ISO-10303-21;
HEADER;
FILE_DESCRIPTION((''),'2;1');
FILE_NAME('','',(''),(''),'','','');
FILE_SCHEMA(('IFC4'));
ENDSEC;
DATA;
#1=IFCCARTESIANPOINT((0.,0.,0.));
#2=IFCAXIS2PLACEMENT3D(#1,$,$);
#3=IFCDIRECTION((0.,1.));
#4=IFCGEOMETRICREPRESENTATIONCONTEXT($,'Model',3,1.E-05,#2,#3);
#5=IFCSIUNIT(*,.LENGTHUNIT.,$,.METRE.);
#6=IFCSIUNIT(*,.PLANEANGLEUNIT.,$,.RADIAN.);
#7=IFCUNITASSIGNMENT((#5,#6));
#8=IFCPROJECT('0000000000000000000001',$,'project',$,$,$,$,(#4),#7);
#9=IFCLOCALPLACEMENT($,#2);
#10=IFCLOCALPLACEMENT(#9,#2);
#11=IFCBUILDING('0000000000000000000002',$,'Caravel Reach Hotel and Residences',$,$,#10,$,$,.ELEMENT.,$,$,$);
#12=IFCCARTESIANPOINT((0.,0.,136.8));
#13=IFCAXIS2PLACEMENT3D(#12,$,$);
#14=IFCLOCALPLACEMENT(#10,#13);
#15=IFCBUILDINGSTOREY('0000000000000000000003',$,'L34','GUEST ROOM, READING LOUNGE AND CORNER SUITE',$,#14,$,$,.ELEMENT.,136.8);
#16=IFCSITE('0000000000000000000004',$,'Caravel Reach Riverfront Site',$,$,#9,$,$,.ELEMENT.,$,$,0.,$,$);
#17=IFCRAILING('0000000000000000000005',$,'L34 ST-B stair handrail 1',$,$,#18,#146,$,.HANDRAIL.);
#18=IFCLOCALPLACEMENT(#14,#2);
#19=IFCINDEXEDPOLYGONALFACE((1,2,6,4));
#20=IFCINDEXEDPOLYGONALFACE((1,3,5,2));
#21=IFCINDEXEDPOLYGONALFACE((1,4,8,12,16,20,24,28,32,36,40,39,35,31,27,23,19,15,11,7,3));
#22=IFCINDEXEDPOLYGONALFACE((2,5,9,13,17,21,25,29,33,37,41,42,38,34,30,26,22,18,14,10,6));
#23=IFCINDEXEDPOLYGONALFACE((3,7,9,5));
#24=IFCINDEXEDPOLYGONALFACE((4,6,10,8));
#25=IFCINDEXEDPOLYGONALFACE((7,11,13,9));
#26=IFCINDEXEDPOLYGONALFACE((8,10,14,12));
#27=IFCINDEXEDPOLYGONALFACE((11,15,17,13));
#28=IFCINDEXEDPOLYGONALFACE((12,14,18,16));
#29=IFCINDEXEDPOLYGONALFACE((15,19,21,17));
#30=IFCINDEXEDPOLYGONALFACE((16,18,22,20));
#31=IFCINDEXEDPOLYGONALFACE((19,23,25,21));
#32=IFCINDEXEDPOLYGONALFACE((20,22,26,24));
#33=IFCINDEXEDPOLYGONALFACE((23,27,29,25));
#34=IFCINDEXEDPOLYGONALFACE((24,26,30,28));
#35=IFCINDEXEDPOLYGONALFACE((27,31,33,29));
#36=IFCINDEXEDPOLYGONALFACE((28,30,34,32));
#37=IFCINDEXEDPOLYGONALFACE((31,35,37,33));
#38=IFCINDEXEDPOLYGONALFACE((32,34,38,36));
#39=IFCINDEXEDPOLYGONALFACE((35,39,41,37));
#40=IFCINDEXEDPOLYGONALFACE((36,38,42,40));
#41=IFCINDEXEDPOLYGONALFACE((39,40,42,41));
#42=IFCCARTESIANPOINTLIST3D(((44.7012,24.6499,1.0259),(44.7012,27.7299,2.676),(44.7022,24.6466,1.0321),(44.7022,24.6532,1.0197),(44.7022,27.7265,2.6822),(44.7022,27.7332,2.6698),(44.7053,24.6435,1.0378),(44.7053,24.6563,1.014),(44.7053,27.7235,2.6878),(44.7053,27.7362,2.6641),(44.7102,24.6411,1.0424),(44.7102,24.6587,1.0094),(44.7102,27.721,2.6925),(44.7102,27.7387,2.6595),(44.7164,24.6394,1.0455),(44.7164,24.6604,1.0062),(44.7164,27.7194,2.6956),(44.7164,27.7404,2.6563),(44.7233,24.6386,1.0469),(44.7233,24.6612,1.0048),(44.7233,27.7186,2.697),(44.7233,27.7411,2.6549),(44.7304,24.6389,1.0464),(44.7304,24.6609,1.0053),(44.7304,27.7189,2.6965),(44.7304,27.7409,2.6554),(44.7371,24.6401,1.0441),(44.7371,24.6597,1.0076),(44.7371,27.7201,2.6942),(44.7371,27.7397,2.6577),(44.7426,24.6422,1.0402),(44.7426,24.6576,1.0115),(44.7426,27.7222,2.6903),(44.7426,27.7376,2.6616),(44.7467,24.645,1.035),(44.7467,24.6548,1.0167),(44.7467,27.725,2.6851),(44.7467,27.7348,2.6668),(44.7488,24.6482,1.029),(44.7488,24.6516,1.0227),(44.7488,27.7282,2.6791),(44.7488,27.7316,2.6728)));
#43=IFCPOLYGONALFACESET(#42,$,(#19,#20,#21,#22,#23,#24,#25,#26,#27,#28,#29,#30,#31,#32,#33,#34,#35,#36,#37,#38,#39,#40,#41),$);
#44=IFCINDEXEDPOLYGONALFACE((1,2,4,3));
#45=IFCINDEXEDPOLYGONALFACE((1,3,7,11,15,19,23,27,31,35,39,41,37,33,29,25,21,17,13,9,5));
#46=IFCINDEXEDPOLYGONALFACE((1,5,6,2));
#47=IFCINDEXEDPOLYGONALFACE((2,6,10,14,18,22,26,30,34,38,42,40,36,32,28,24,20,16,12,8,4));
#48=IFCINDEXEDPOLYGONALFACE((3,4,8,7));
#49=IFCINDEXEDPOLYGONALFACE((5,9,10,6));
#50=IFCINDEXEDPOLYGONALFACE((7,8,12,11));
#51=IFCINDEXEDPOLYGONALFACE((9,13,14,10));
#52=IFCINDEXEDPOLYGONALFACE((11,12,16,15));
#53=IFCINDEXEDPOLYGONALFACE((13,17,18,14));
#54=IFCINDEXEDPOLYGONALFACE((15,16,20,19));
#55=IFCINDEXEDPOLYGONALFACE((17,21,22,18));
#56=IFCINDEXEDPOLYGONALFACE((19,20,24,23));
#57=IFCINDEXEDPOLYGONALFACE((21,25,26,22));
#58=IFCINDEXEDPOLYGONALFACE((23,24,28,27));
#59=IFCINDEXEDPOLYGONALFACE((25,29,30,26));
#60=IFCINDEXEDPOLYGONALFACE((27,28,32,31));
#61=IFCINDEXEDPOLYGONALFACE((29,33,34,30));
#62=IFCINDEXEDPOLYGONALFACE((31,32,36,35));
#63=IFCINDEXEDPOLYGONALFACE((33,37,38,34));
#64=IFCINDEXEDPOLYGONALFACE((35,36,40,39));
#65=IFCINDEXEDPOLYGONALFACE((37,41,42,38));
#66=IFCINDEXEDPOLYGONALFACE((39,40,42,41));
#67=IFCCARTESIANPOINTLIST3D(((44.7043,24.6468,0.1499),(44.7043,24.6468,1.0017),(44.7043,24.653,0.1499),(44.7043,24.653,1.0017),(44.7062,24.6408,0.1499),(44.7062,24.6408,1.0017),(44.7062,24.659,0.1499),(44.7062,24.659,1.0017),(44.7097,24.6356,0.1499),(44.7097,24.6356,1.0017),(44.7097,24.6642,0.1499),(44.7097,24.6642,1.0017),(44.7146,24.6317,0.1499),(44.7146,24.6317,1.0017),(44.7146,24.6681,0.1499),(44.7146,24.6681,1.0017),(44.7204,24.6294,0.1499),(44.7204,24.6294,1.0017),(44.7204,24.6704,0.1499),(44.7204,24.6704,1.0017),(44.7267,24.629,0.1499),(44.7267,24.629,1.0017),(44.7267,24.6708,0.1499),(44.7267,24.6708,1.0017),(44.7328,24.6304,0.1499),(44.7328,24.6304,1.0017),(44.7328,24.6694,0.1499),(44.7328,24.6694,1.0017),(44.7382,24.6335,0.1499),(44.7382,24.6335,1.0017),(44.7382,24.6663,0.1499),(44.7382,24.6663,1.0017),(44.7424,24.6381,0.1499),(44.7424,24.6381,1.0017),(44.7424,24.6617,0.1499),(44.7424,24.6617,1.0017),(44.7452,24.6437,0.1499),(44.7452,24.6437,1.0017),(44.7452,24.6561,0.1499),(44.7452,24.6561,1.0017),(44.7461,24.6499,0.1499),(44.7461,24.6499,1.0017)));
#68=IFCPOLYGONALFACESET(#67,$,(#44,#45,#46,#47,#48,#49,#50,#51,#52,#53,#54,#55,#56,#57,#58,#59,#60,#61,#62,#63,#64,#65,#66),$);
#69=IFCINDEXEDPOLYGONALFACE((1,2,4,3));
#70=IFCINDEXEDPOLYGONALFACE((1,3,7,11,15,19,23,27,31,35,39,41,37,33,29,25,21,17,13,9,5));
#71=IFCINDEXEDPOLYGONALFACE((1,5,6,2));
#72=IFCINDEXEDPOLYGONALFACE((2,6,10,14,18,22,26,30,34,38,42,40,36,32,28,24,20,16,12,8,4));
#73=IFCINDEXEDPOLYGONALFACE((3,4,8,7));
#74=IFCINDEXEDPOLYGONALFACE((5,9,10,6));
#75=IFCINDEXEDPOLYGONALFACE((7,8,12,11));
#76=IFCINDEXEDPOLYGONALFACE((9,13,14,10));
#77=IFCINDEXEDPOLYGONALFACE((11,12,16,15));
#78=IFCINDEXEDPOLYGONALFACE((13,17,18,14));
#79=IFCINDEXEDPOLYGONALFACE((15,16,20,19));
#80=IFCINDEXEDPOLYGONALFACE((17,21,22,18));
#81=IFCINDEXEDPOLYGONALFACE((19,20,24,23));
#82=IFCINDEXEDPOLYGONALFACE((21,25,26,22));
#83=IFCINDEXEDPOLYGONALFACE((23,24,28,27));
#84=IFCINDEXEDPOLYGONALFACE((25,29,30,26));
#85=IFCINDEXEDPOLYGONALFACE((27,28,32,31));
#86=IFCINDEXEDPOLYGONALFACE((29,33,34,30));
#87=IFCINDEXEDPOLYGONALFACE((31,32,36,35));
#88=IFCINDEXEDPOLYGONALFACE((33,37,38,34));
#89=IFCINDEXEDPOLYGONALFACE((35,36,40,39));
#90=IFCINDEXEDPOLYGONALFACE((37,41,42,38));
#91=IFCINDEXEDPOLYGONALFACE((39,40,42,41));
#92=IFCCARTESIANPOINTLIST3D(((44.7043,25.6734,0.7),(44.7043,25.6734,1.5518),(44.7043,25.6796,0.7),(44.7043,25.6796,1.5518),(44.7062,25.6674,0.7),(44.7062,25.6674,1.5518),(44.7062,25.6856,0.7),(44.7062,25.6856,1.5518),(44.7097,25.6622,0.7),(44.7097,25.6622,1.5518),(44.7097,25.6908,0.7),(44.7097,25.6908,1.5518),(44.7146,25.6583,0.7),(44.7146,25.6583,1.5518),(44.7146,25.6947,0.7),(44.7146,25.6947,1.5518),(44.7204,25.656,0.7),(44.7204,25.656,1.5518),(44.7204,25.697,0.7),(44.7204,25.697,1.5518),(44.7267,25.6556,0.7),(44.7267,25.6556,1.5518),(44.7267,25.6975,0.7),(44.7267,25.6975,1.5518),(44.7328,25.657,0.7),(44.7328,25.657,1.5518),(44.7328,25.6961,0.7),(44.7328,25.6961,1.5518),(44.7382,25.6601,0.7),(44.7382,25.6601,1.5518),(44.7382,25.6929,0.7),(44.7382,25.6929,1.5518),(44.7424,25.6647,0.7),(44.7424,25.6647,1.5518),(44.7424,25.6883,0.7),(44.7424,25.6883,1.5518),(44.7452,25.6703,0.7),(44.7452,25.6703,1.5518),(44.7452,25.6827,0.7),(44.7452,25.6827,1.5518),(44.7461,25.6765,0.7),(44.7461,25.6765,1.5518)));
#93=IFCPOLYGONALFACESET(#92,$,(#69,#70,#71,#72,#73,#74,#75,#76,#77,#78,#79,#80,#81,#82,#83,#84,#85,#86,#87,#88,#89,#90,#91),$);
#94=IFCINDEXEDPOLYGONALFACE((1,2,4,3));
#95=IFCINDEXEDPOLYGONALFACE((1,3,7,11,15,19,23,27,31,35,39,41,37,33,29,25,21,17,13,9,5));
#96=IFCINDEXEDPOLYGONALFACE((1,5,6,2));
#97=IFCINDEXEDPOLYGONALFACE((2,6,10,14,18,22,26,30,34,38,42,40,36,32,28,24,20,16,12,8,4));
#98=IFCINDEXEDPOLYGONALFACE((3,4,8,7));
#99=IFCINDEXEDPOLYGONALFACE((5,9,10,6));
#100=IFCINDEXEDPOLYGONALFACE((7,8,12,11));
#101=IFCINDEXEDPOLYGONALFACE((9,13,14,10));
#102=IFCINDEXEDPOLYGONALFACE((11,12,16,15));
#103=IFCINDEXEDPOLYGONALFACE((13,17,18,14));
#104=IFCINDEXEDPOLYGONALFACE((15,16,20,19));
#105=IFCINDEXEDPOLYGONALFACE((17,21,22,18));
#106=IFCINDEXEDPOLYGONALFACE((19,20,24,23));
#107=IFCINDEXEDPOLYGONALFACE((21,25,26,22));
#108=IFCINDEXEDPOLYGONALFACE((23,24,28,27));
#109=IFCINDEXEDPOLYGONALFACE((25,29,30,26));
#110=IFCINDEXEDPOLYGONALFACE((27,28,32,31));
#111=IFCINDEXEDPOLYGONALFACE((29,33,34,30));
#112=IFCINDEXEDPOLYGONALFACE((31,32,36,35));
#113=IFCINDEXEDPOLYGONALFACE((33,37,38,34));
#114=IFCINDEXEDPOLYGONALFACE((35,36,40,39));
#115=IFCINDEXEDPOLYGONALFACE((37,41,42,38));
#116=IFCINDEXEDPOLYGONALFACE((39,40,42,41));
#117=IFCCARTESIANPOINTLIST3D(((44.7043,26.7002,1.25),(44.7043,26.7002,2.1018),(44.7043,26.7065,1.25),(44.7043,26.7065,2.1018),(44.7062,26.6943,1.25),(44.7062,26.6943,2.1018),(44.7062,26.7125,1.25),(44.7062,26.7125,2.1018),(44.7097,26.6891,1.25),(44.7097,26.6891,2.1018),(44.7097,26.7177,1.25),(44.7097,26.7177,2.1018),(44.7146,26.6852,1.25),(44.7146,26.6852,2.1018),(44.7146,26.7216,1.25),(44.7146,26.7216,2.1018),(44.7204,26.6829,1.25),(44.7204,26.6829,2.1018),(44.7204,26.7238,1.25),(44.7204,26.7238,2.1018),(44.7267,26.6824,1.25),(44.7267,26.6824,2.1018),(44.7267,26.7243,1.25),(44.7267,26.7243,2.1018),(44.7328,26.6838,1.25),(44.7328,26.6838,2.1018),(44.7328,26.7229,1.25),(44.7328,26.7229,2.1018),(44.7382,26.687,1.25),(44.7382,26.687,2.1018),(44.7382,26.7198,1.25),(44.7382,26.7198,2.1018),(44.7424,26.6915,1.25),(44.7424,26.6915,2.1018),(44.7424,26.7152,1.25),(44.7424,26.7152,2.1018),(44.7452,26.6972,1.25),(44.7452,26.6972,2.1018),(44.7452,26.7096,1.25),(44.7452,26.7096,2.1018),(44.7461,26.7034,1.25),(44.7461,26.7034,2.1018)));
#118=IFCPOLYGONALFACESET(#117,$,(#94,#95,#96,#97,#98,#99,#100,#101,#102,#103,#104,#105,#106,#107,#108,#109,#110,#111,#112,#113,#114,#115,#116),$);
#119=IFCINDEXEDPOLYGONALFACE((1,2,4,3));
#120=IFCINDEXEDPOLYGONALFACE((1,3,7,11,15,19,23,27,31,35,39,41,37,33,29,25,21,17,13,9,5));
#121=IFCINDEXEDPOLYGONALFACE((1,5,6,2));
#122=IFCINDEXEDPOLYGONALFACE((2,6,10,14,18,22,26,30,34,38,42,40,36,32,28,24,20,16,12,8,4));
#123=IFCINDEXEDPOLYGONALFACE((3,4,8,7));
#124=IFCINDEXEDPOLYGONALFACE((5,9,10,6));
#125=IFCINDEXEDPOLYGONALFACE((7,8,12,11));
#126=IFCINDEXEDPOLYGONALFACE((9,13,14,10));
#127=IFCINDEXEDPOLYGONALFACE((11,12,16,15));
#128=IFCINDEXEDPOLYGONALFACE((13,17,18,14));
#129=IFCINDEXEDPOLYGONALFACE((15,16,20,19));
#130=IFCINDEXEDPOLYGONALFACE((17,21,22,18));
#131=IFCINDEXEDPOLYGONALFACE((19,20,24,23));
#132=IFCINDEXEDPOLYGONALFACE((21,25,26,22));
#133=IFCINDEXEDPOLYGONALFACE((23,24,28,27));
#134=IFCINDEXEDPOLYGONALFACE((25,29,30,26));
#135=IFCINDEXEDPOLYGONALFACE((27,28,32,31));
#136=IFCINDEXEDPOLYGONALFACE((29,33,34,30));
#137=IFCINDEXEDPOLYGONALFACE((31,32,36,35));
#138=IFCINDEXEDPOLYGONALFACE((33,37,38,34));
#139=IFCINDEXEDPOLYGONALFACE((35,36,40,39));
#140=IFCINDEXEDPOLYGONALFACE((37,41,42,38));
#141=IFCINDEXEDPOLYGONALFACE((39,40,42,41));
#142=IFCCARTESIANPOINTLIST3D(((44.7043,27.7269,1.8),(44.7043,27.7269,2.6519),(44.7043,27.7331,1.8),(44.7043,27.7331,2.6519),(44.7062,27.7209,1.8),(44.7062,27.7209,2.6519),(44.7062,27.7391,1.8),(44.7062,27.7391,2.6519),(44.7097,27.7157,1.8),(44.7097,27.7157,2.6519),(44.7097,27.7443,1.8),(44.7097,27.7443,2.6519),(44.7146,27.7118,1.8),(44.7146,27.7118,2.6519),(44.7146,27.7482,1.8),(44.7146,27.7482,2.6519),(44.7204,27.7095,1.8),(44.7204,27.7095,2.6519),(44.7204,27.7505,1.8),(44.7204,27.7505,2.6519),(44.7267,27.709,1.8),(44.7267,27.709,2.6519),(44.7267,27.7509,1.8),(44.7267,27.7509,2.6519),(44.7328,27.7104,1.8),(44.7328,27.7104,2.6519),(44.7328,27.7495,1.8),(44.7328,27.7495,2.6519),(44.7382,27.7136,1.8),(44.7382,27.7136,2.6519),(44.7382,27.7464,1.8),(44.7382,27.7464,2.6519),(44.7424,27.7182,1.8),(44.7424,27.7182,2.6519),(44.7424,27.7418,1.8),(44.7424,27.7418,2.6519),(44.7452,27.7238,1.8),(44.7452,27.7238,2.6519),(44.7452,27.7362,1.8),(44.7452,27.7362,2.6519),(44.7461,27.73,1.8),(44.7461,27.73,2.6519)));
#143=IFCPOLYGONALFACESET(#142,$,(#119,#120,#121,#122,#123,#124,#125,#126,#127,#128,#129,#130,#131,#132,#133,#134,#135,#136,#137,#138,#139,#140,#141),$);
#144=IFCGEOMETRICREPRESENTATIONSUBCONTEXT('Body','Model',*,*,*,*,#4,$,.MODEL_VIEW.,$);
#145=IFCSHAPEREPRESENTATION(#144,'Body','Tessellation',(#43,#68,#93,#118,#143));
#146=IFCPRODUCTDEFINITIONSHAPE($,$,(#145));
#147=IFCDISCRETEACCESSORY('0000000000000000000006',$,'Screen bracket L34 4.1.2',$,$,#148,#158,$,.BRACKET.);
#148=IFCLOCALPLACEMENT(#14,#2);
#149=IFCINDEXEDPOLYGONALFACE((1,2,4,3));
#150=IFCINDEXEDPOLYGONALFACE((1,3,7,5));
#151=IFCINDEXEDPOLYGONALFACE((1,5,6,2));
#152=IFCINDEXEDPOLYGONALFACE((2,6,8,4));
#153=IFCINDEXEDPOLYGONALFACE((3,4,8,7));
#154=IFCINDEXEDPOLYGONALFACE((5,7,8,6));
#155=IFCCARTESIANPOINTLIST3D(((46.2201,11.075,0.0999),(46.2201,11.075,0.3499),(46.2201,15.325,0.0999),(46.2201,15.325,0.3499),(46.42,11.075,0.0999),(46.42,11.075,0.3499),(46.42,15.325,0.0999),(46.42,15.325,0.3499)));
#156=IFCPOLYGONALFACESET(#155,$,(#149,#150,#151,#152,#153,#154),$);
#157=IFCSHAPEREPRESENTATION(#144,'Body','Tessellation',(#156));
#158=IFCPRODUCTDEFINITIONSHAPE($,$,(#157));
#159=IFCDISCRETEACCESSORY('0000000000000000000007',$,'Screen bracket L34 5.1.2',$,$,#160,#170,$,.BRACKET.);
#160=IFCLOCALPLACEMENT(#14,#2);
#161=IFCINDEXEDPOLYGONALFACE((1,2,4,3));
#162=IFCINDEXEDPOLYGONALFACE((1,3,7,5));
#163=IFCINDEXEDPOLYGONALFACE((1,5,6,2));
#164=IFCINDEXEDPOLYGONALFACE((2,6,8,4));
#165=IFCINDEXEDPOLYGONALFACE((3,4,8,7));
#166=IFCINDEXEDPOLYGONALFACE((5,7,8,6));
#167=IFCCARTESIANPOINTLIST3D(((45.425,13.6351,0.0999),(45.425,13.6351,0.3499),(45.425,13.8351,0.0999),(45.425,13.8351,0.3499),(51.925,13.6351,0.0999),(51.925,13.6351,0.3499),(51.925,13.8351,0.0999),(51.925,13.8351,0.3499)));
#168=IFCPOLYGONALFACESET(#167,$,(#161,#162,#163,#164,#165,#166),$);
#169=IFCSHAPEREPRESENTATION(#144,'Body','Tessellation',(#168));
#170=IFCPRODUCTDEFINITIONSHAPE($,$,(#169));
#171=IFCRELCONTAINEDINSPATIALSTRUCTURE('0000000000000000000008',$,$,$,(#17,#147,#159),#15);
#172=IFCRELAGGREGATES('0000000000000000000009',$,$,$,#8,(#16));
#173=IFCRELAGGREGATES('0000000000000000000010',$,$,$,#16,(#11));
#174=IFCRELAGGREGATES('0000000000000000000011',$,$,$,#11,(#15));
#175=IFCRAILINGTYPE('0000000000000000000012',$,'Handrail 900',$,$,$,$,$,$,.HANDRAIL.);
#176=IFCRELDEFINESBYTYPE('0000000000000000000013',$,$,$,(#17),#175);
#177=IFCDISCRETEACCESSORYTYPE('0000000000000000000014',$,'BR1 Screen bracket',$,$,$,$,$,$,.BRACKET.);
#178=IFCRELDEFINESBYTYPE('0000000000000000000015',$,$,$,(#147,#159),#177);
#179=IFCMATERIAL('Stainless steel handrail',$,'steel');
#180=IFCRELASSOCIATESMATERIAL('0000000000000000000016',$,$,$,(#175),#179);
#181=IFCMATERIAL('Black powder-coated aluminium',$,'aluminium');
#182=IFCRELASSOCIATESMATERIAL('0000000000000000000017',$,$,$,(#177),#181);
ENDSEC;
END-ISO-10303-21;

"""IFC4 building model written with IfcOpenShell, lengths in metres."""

from ifc_helpers import new_model, si_unit, direction, frame, origin, origin_2d, place, context, subcontext, project, spatial, rectangle, circle, extrude, material, type_object, element, save


model = new_model("IFC4")

# Units and contexts
model_context = context("Model", 3, precision=1e-05, world=origin(), true_north=direction((0.0, 1.0)))
body_context = subcontext(model_context, "Body", "Model", "MODEL_VIEW")
ifc_project = project(units=[si_unit("LENGTHUNIT", "METRE"), si_unit("PLANEANGLEUNIT", "RADIAN")], contexts=[model_context])

# Site, building, storey
site_placement = place(None, origin())
site = spatial("IfcSite", under=ifc_project, at=site_placement, Name="Caravel Reach Riverfront Site", CompositionType="ELEMENT", RefElevation=0.0)
building_placement = place(site_placement, origin())
building = spatial("IfcBuilding", under=site, at=building_placement, Name="Caravel Reach Hotel and Residences", CompositionType="ELEMENT")
storey_placement = place(building_placement, frame((0.0, 0.0, 136.8)))
storey = spatial("IfcBuildingStorey", under=building, at=storey_placement, Name="L34", Description="GUEST ROOM, READING LOUNGE AND CORNER SUITE", CompositionType="ELEMENT", Elevation=136.8)

# Railing
ifc_material_1 = material(Name="Stainless steel handrail", Category="steel")
railing_type = type_object("IfcRailingType", Name="Handrail 900", PredefinedType="HANDRAIL", material=ifc_material_1)
railing_placement = place(storey_placement, frame((44.7251, 24.6499, 0.1499)))
element("IfcRailing", 1, at=railing_placement, inside=storey, type_object=railing_type, Name="L34 ST-B stair handrail 1", PredefinedType="HANDRAIL", context=body_context, shape_type="SweptSolid", body=[
    extrude(circle(Radius=0.0239, at=origin_2d()), frame((0.0, 0.0, 0.876), z_axis=(0.0, 0.881468, 0.472245), x_axis=(-1.0, 0.0, 0.0)), (0.0, 0.0, 1.0), 3.4941),
    extrude(circle(Radius=0.021, at=origin_2d()), origin(), (0.0, 0.0, 1.0), 0.8518),
    extrude(circle(Radius=0.021, at=origin_2d()), frame((0.0, 1.0266, 0.55)), (0.0, 0.0, 1.0), 0.8518),
    extrude(circle(Radius=0.021, at=origin_2d()), frame((0.0, 2.0535, 1.1001)), (0.0, 0.0, 1.0), 0.8518),
    extrude(circle(Radius=0.021, at=origin_2d()), frame((0.0, 3.0801, 1.6501)), (0.0, 0.0, 1.0), 0.8518),
])

# Discrete accessories
ifc_material_2 = material(Name="Black powder-coated aluminium", Category="aluminium")
discrete_accessory_type = type_object("IfcDiscreteAccessoryType", Name="BR1 Screen bracket", PredefinedType="BRACKET", material=ifc_material_2)
discrete_accessory_1_placement = place(storey_placement, frame((46.3201, 13.2, 0.0999), z_axis=(0.0, 0.0, 1.0), x_axis=(0.0, -1.0, 0.0)))
element("IfcDiscreteAccessory", 2, at=discrete_accessory_1_placement, inside=storey, type_object=discrete_accessory_type, Name="Screen bracket L34 4.1.2", PredefinedType="BRACKET", context=body_context, shape_type="SweptSolid", body=[
    extrude(rectangle(XDim=4.25, YDim=0.2, at=origin_2d()), origin(), (0.0, 0.0, 1.0), 0.25),
])
discrete_accessory_2_placement = place(storey_placement, frame((48.675, 13.7351, 0.0999), z_axis=(0.0, 0.0, 1.0), x_axis=(1.0, 0.0, 0.0)))
element("IfcDiscreteAccessory", 3, at=discrete_accessory_2_placement, inside=storey, type_object=discrete_accessory_type, Name="Screen bracket L34 5.1.2", PredefinedType="BRACKET", context=body_context, shape_type="SweptSolid", body=[
    extrude(rectangle(XDim=6.5, YDim=0.2, at=origin_2d()), origin(), (0.0, 0.0, 1.0), 0.25),
])

save(model, "model.ifc")
